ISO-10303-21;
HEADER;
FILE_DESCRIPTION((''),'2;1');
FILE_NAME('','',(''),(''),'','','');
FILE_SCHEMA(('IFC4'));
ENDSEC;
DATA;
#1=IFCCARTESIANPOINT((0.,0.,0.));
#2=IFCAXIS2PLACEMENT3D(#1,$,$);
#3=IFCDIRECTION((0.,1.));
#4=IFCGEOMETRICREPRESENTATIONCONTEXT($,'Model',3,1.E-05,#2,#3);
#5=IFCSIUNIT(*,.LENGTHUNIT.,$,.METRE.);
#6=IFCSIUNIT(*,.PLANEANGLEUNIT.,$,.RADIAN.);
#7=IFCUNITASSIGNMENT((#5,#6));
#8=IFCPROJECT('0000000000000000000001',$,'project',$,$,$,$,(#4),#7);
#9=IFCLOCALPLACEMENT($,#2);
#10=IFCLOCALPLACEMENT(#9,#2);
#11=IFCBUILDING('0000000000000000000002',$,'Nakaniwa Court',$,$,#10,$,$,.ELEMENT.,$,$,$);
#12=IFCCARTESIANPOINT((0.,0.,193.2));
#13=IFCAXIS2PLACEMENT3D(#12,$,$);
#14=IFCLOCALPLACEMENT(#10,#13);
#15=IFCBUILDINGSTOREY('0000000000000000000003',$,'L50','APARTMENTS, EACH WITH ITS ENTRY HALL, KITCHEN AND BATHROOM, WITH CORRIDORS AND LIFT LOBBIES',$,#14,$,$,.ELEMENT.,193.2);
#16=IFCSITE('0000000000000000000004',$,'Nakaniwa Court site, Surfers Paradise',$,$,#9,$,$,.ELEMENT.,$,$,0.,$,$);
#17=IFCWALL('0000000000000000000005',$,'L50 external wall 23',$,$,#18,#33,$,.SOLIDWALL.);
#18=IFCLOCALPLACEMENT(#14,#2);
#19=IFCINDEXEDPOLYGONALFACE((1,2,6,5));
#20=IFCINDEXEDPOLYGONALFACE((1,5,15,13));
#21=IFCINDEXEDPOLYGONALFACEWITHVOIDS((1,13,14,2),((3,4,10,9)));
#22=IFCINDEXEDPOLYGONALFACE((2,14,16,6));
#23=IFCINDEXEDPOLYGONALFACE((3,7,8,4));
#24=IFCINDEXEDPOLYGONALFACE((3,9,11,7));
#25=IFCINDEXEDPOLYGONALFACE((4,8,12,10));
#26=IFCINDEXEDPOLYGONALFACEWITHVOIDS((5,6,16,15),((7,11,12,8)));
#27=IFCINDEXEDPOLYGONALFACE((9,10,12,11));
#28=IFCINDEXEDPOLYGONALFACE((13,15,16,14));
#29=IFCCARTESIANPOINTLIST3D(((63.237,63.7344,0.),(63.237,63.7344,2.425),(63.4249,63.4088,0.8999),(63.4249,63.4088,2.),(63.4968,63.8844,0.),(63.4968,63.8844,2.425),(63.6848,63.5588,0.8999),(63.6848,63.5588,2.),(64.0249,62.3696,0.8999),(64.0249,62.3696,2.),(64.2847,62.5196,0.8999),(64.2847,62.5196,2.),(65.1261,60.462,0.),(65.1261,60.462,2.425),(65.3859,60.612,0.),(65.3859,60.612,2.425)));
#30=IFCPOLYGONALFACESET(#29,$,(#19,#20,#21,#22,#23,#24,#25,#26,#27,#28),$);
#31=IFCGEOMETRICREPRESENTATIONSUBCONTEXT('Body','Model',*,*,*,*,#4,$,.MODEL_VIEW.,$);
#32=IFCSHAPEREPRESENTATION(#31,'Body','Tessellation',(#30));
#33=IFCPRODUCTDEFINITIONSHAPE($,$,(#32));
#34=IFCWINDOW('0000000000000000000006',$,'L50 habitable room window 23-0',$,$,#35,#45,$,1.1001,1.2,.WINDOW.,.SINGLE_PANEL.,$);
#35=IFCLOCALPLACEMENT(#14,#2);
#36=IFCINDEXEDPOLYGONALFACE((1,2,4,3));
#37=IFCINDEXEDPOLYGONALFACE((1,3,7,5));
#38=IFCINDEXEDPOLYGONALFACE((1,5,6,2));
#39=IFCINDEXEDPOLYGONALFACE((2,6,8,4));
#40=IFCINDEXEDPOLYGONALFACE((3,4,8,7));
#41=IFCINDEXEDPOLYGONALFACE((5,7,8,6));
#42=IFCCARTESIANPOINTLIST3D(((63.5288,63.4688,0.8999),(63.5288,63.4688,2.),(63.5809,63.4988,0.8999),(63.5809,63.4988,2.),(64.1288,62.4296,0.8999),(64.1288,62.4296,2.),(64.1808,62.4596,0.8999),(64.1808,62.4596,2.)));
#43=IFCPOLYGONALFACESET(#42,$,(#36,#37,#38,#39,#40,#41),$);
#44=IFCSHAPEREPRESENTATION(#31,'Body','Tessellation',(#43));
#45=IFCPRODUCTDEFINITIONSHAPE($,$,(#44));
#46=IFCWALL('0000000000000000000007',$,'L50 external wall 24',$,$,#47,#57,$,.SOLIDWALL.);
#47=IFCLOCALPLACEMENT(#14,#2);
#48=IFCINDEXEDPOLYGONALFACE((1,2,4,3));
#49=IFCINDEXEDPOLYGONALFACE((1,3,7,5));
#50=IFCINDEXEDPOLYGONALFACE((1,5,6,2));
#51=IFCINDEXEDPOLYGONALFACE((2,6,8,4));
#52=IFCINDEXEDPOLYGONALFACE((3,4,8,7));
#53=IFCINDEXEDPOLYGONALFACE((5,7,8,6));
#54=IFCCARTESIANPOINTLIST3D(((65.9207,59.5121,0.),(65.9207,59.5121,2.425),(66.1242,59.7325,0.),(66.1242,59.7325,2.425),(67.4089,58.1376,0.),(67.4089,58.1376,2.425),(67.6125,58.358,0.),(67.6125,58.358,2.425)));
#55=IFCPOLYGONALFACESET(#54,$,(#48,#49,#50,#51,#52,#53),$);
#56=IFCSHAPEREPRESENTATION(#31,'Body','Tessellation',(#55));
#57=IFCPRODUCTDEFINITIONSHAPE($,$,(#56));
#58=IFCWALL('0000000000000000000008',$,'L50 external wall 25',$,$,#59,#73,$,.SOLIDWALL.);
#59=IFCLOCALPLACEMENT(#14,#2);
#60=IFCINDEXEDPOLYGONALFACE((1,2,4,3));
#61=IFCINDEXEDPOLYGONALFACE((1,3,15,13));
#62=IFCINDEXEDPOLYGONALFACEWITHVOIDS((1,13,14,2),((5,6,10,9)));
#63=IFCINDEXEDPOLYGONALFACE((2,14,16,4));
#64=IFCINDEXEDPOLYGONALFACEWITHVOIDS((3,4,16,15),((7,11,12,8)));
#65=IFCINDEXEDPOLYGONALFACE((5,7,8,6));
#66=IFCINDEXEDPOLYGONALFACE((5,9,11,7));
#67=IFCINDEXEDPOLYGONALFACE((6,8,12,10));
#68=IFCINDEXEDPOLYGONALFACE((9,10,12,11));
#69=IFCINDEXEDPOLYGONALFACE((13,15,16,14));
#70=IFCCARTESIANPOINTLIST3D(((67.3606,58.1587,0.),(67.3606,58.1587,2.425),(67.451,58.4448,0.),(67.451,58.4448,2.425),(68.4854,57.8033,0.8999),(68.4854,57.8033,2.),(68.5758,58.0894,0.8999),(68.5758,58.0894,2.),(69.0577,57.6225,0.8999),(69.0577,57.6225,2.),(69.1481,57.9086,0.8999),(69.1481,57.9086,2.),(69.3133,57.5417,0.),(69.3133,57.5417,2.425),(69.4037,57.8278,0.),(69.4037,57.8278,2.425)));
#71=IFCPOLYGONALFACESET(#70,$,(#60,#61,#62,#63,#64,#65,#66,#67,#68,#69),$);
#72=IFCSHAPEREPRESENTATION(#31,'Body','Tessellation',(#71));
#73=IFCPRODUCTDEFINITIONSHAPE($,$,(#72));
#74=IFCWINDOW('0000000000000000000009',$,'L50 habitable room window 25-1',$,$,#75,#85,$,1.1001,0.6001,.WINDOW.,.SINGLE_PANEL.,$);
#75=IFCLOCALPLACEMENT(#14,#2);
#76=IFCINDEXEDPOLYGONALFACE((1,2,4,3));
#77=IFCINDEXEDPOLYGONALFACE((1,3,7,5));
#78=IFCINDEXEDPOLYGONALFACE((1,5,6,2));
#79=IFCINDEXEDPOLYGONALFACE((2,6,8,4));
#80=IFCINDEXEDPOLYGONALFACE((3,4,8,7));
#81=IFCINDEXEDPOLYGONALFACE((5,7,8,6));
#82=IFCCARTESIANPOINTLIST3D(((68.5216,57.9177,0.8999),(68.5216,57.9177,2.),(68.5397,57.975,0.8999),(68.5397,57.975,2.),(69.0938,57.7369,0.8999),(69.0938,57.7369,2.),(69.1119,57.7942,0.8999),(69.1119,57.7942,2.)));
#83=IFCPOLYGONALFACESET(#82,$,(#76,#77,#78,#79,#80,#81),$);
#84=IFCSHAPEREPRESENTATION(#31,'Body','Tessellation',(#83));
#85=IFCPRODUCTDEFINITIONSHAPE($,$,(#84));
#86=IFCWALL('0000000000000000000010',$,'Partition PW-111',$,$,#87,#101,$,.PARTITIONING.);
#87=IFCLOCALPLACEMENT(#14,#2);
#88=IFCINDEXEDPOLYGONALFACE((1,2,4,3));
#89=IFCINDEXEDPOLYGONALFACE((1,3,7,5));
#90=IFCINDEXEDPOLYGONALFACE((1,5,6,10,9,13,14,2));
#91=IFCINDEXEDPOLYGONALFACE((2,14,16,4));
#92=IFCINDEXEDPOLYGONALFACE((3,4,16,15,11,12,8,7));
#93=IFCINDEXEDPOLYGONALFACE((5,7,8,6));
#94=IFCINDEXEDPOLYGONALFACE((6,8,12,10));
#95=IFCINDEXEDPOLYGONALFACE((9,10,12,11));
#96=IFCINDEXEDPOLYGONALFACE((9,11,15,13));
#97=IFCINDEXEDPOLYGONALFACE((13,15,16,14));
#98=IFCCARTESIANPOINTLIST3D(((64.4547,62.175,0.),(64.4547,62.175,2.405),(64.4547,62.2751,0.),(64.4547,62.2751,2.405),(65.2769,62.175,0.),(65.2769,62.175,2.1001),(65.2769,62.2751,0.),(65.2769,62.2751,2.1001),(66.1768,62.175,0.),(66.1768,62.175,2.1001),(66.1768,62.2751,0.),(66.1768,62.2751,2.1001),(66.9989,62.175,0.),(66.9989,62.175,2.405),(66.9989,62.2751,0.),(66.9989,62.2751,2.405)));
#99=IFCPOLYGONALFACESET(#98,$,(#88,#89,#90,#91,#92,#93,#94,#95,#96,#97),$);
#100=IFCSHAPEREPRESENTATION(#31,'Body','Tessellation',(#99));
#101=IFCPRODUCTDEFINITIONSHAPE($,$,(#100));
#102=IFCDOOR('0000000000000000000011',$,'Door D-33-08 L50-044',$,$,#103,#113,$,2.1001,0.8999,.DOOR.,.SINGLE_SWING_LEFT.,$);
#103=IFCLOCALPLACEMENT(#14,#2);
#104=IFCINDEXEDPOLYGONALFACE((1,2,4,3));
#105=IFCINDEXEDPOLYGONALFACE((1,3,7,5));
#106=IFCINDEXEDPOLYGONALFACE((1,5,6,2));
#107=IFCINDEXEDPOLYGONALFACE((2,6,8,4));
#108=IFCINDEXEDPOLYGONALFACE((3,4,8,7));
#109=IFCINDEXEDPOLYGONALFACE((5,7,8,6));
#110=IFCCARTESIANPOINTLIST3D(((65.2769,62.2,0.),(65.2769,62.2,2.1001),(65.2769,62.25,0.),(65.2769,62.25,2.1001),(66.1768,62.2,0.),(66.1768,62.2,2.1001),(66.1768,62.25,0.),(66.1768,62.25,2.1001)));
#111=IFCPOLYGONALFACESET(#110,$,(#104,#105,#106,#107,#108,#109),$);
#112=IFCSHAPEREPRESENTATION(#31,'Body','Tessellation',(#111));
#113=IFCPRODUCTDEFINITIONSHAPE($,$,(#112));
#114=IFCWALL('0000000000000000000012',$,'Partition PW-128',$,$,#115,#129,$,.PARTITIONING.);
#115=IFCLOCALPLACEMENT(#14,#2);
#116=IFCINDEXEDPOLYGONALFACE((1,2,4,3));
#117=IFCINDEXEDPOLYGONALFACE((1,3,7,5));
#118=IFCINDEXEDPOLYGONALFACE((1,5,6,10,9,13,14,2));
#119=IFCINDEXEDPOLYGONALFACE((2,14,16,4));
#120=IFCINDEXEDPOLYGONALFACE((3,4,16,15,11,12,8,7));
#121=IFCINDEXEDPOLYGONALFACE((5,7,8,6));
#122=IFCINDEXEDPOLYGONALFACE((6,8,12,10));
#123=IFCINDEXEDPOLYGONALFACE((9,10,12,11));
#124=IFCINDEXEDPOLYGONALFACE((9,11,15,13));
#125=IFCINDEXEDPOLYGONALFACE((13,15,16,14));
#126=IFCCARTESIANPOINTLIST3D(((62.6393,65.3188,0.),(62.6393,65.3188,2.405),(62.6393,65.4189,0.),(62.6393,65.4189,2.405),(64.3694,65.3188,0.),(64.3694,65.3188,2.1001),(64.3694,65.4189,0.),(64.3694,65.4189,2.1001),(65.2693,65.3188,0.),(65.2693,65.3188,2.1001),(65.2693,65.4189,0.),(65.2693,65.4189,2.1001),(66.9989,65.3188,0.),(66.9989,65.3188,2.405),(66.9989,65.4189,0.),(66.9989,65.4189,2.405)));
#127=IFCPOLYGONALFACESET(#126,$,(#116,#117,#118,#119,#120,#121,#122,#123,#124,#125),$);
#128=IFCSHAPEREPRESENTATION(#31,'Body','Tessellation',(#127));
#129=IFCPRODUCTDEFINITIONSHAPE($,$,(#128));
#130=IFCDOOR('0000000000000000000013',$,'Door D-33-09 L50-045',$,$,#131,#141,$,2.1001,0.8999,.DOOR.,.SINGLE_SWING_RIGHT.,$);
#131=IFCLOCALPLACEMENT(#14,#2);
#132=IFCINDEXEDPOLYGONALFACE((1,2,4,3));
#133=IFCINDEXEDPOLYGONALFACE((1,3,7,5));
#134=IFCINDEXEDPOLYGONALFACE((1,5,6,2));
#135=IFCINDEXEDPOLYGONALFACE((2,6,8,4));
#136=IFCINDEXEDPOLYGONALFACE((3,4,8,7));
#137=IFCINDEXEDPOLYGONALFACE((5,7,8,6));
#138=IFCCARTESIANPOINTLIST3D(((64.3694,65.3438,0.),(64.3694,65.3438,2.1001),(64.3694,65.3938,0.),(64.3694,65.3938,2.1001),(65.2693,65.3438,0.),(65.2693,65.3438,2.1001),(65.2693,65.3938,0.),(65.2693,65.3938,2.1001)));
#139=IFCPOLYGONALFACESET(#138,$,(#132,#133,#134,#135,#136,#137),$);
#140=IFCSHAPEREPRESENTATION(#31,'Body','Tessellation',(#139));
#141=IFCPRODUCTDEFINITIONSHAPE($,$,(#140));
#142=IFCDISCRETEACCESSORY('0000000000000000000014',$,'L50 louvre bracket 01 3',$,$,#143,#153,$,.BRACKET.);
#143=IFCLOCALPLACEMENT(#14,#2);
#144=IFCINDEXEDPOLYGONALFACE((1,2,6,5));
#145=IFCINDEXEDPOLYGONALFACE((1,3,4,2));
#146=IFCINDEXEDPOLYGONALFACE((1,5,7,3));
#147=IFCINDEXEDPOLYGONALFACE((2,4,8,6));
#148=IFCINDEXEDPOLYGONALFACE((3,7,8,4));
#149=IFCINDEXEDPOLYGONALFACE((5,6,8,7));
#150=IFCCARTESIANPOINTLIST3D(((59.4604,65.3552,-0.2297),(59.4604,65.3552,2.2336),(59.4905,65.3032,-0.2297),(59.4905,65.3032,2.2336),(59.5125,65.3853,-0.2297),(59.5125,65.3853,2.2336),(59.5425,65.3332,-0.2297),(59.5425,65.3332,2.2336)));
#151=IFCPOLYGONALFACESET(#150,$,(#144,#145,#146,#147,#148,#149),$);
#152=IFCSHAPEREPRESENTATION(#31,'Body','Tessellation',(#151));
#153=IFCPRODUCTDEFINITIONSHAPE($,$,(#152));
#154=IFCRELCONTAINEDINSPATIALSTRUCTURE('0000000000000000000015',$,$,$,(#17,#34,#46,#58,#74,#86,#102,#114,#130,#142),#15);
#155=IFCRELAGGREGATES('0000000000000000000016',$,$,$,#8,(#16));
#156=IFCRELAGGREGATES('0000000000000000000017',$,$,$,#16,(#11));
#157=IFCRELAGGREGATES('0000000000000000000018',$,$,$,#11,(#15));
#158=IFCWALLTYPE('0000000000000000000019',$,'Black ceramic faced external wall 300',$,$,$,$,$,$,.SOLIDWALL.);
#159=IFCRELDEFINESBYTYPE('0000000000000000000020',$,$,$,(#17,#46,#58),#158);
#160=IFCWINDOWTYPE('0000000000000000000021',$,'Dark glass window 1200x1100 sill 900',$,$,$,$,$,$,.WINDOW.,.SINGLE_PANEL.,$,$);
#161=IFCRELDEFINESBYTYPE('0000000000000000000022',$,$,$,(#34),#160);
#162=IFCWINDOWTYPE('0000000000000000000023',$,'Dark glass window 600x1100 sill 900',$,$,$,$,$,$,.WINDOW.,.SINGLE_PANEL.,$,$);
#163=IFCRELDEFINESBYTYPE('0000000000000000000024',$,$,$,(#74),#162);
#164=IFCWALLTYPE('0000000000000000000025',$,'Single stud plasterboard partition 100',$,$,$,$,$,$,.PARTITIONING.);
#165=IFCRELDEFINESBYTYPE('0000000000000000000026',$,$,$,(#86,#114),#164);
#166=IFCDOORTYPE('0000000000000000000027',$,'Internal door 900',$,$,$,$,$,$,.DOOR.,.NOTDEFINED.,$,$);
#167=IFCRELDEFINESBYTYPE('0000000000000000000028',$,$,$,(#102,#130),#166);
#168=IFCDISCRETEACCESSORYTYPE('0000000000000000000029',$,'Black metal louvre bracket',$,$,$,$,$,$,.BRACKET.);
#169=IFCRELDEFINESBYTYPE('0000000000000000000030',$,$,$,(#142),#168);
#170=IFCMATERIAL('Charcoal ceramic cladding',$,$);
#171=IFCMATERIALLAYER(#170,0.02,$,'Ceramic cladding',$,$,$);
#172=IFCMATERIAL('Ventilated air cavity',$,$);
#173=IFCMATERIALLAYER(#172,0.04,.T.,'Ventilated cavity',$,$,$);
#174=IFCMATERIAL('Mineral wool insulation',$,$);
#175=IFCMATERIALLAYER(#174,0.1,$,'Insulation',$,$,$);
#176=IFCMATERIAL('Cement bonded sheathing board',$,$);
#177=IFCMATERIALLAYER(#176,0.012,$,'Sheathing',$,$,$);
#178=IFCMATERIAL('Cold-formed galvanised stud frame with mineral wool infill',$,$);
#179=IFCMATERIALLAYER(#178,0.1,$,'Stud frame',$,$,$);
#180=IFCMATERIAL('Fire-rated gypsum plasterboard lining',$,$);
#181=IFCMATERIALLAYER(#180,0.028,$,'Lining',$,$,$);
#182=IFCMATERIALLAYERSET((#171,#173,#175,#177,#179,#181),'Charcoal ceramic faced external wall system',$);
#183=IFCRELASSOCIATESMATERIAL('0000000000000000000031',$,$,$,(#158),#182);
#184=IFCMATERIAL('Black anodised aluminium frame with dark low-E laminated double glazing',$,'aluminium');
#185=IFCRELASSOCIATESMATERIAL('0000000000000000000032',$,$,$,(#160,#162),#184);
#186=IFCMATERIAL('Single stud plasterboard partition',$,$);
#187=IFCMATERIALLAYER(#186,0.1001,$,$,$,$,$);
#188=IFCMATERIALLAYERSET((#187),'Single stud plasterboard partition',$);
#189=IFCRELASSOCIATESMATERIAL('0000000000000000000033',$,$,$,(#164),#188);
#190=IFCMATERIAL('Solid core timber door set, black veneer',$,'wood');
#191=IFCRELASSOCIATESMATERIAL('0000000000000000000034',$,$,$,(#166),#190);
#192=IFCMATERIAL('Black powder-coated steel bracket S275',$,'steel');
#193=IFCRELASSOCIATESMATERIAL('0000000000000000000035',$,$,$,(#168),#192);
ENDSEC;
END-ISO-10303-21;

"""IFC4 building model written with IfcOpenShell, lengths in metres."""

from ifc_helpers import new_model, si_unit, direction, frame, frame_2d, origin, origin_2d, place, context, subcontext, project, spatial, rectangle, extrude, material, layer, layer_set, type_object, element, fill, save


model = new_model("IFC4")

# Units and contexts
model_context = context("Model", 3, precision=1e-05, world=origin(), true_north=direction((0.0, 1.0)))
body_context = subcontext(model_context, "Body", "Model", "MODEL_VIEW")
ifc_project = project(units=[si_unit("LENGTHUNIT", "METRE"), si_unit("PLANEANGLEUNIT", "RADIAN")], contexts=[model_context])

# Site, building, storey
site_placement = place(None, origin())
site = spatial("IfcSite", under=ifc_project, at=site_placement, Name="Nakaniwa Court site, Surfers Paradise", CompositionType="ELEMENT", RefElevation=0.0)
building_placement = place(site_placement, origin())
building = spatial("IfcBuilding", under=site, at=building_placement, Name="Nakaniwa Court", CompositionType="ELEMENT")
storey_placement = place(building_placement, frame((0.0, 0.0, 193.2)))
storey = spatial("IfcBuildingStorey", under=building, at=storey_placement, Name="L50", Description="APARTMENTS, EACH WITH ITS ENTRY HALL, KITCHEN AND BATHROOM, WITH CORRIDORS AND LIFT LOBBIES", CompositionType="ELEMENT", Elevation=193.2)

# Shared definitions
ifc_material_1 = material(Name="Solid core timber door set, black veneer", Category="wood")

# Wall, opening, window
ifc_material_2 = material(Name="Charcoal ceramic cladding")
ifc_layer_1 = layer(ifc_material_2, 0.02, Name="Ceramic cladding")
ifc_material_3 = material(Name="Ventilated air cavity")
ifc_layer_2 = layer(ifc_material_3, 0.04, ventilated=True, Name="Ventilated cavity")
ifc_material_4 = material(Name="Mineral wool insulation")
ifc_layer_3 = layer(ifc_material_4, 0.1, Name="Insulation")
ifc_material_5 = material(Name="Cement bonded sheathing board")
ifc_layer_4 = layer(ifc_material_5, 0.012, Name="Sheathing")
ifc_material_6 = material(Name="Cold-formed galvanised stud frame with mineral wool infill")
ifc_layer_5 = layer(ifc_material_6, 0.1, Name="Stud frame")
ifc_material_7 = material(Name="Fire-rated gypsum plasterboard lining")
ifc_layer_6 = layer(ifc_material_7, 0.028, Name="Lining")
ifc_layer_set_1 = layer_set([ifc_layer_1, ifc_layer_2, ifc_layer_3, ifc_layer_4, ifc_layer_5, ifc_layer_6], Name="Charcoal ceramic faced external wall system")
wall_type_1 = type_object("IfcWallType", Name="Black ceramic faced external wall 300", PredefinedType="SOLIDWALL", material=ifc_layer_set_1)
wall_1_placement = place(storey_placement, frame((63.3669, 63.8093, 0.0), z_axis=(0.0, 0.0, 1.0), x_axis=(0.499961, -0.866048, 0.0)))
wall_1 = element("IfcWall", 1, at=wall_1_placement, inside=storey, type_object=wall_type_1, Name="L50 external wall 23", PredefinedType="SOLIDWALL", context=body_context, shape_type="SweptSolid", body=[
    extrude(rectangle(XDim=3.7786, YDim=0.3, at=frame_2d((1.8892, 0.0))), origin(), (0.0, 0.0, 1.0), 2.425),
])
opening_1_placement = place(wall_1_placement, frame((0.3757, 0.0, 0.8999)))
opening_1 = element("IfcOpeningElement", 2, at=opening_1_placement, cuts=wall_1, PredefinedType="OPENING", context=body_context, shape_type="SweptSolid", body=[
    extrude(rectangle(XDim=1.2, YDim=1.1001, at=frame_2d((0.6001, 0.55))), frame((0.0, 0.1599, 0.0), z_axis=(0.0, -1.0, 0.0), x_axis=(1.0, 0.0, 0.0)), (0.0, 0.0, 1.0), 0.3201),
])
ifc_material_8 = material(Name="Black anodised aluminium frame with dark low-E laminated double glazing", Category="aluminium")
window_type_1 = type_object("IfcWindowType", Name="Dark glass window 1200x1100 sill 900", PartitioningType="SINGLE_PANEL", PredefinedType="WINDOW", material=ifc_material_8)
window_1_placement = place(opening_1_placement, origin())
window_1 = element("IfcWindow", 3, at=window_1_placement, inside=storey, type_object=window_type_1, Name="L50 habitable room window 23-0", OverallHeight=1.1001, OverallWidth=1.2, PartitioningType="SINGLE_PANEL", PredefinedType="WINDOW", context=body_context, shape_type="SweptSolid", body=[
    extrude(rectangle(XDim=1.2, YDim=1.1001, at=frame_2d((0.6001, 0.55))), frame((0.0, 0.03, 0.0), z_axis=(0.0, -1.0, 0.0), x_axis=(1.0, 0.0, 0.0)), (0.0, 0.0, 1.0), 0.0601),
])
fill(opening_1, window_1)

# Wall
wall_2_placement = place(storey_placement, frame((66.0225, 59.6223, 0.0), z_axis=(0.0, 0.0, 1.0), x_axis=(0.734628, -0.67847, 0.0)))
element("IfcWall", 4, at=wall_2_placement, inside=storey, type_object=wall_type_1, Name="L50 external wall 24", PredefinedType="SOLIDWALL", context=body_context, shape_type="SweptSolid", body=[
    extrude(rectangle(XDim=2.0259, YDim=0.3, at=frame_2d((1.0129, 0.0))), origin(), (0.0, 0.0, 1.0), 2.425),
])

# Wall, opening, window
wall_3_placement = place(storey_placement, frame((67.4058, 58.3018, 0.0), z_axis=(0.0, 0.0, 1.0), x_axis=(0.953538, -0.301274, 0.0)))
wall_3 = element("IfcWall", 5, at=wall_3_placement, inside=storey, type_object=wall_type_1, Name="L50 external wall 25", PredefinedType="SOLIDWALL", context=body_context, shape_type="SweptSolid", body=[
    extrude(rectangle(XDim=2.0479, YDim=0.3, at=frame_2d((1.0239, 0.0))), origin(), (0.0, 0.0, 1.0), 2.425),
])
opening_2_placement = place(wall_3_placement, frame((1.1797, 0.0, 0.8999)))
opening_2 = element("IfcOpeningElement", 6, at=opening_2_placement, cuts=wall_3, PredefinedType="OPENING", context=body_context, shape_type="SweptSolid", body=[
    extrude(rectangle(XDim=0.6001, YDim=1.1001, at=frame_2d((0.3, 0.55))), frame((0.0, 0.1599, 0.0), z_axis=(0.0, -1.0, 0.0), x_axis=(1.0, 0.0, 0.0)), (0.0, 0.0, 1.0), 0.3201),
])
window_type_2 = type_object("IfcWindowType", Name="Dark glass window 600x1100 sill 900", PartitioningType="SINGLE_PANEL", PredefinedType="WINDOW", material=ifc_material_8)
window_2_placement = place(opening_2_placement, origin())
window_2 = element("IfcWindow", 7, at=window_2_placement, inside=storey, type_object=window_type_2, Name="L50 habitable room window 25-1", OverallHeight=1.1001, OverallWidth=0.6001, PartitioningType="SINGLE_PANEL", PredefinedType="WINDOW", context=body_context, shape_type="SweptSolid", body=[
    extrude(rectangle(XDim=0.6001, YDim=1.1001, at=frame_2d((0.3, 0.55))), frame((0.0, 0.03, 0.0), z_axis=(0.0, -1.0, 0.0), x_axis=(1.0, 0.0, 0.0)), (0.0, 0.0, 1.0), 0.0601),
])
fill(opening_2, window_2)

# Walls, openings, doors
ifc_material_9 = material(Name="Single stud plasterboard partition")
ifc_layer_7 = layer(ifc_material_9, 0.1001)
ifc_layer_set_2 = layer_set([ifc_layer_7], Name="Single stud plasterboard partition")
wall_type_2 = type_object("IfcWallType", Name="Single stud plasterboard partition 100", PredefinedType="PARTITIONING", material=ifc_layer_set_2)
wall_4_placement = place(storey_placement, frame((64.4548, 62.2251, 0.0), z_axis=(0.0, 0.0, 1.0), x_axis=(1.0, 0.0, 0.0)))
wall_4 = element("IfcWall", 8, at=wall_4_placement, inside=storey, type_object=wall_type_2, Name="Partition PW-111", PredefinedType="PARTITIONING", context=body_context, shape_type="SweptSolid", body=[
    extrude(rectangle(XDim=2.5442, YDim=0.1001, at=frame_2d((1.272, 0.0))), origin(), (0.0, 0.0, 1.0), 2.405),
])
opening_3_placement = place(wall_4_placement, frame((0.822, 0.0, 0.0)))
opening_3 = element("IfcOpeningElement", 9, at=opening_3_placement, cuts=wall_4, PredefinedType="OPENING", context=body_context, shape_type="SweptSolid", body=[
    extrude(rectangle(XDim=0.8999, YDim=2.1001, at=frame_2d((0.45, 1.05))), frame((0.0, 0.0601, 0.0), z_axis=(0.0, -1.0, 0.0), x_axis=(1.0, 0.0, 0.0)), (0.0, 0.0, 1.0), 0.1201),
])
door_type_1 = type_object("IfcDoorType", Name="Internal door 900", OperationType="NOTDEFINED", PredefinedType="DOOR", material=ifc_material_1)
door_1_placement = place(opening_3_placement, origin())
door_1 = element("IfcDoor", 10, at=door_1_placement, inside=storey, type_object=door_type_1, Name="Door D-33-08 L50-044", OperationType="SINGLE_SWING_LEFT", OverallHeight=2.1001, OverallWidth=0.8999, PredefinedType="DOOR", context=body_context, shape_type="SweptSolid", body=[
    extrude(rectangle(XDim=0.8999, YDim=2.1001, at=frame_2d((0.45, 1.05))), frame((0.0, 0.0249, 0.0), z_axis=(0.0, -1.0, 0.0), x_axis=(1.0, 0.0, 0.0)), (0.0, 0.0, 1.0), 0.05),
])
fill(opening_3, door_1)
wall_5_placement = place(storey_placement, frame((62.6394, 65.3689, 0.0), z_axis=(0.0, 0.0, 1.0), x_axis=(1.0, 0.0, 0.0)))
wall_5 = element("IfcWall", 11, at=wall_5_placement, inside=storey, type_object=wall_type_2, Name="Partition PW-128", PredefinedType="PARTITIONING", context=body_context, shape_type="SweptSolid", body=[
    extrude(rectangle(XDim=4.3596, YDim=0.1001, at=frame_2d((2.1797, 0.0))), origin(), (0.0, 0.0, 1.0), 2.405),
])
opening_4_placement = place(wall_5_placement, frame((1.73, 0.0, 0.0)))
opening_4 = element("IfcOpeningElement", 12, at=opening_4_placement, cuts=wall_5, PredefinedType="OPENING", context=body_context, shape_type="SweptSolid", body=[
    extrude(rectangle(XDim=0.8999, YDim=2.1001, at=frame_2d((0.45, 1.05))), frame((0.0, 0.0601, 0.0), z_axis=(0.0, -1.0, 0.0), x_axis=(1.0, 0.0, 0.0)), (0.0, 0.0, 1.0), 0.1201),
])
door_2_placement = place(opening_4_placement, origin())
door_2 = element("IfcDoor", 13, at=door_2_placement, inside=storey, type_object=door_type_1, Name="Door D-33-09 L50-045", OperationType="SINGLE_SWING_RIGHT", OverallHeight=2.1001, OverallWidth=0.8999, PredefinedType="DOOR", context=body_context, shape_type="SweptSolid", body=[
    extrude(rectangle(XDim=0.8999, YDim=2.1001, at=frame_2d((0.45, 1.05))), frame((0.0, 0.0249, 0.0), z_axis=(0.0, -1.0, 0.0), x_axis=(1.0, 0.0, 0.0)), (0.0, 0.0, 1.0), 0.05),
])
fill(opening_4, door_2)

# Discrete accessory
ifc_material_10 = material(Name="Black powder-coated steel bracket S275", Category="steel")
discrete_accessory_type = type_object("IfcDiscreteAccessoryType", Name="Black metal louvre bracket", PredefinedType="BRACKET", material=ifc_material_10)
discrete_accessory_placement = place(storey_placement, frame((59.5015, 65.3442, -0.2297), z_axis=(0.0, 0.0, 1.0), x_axis=(0.499986, -0.866033, 0.0)))
element("IfcDiscreteAccessory", 14, at=discrete_accessory_placement, inside=storey, type_object=discrete_accessory_type, Name="L50 louvre bracket 01 3", PredefinedType="BRACKET", context=body_context, shape_type="SweptSolid", body=[
    extrude(rectangle(XDim=0.0601, YDim=0.0601, at=origin_2d()), origin(), (0.0, 0.0, 1.0), 2.4634),
])

save(model, "model.ifc")
